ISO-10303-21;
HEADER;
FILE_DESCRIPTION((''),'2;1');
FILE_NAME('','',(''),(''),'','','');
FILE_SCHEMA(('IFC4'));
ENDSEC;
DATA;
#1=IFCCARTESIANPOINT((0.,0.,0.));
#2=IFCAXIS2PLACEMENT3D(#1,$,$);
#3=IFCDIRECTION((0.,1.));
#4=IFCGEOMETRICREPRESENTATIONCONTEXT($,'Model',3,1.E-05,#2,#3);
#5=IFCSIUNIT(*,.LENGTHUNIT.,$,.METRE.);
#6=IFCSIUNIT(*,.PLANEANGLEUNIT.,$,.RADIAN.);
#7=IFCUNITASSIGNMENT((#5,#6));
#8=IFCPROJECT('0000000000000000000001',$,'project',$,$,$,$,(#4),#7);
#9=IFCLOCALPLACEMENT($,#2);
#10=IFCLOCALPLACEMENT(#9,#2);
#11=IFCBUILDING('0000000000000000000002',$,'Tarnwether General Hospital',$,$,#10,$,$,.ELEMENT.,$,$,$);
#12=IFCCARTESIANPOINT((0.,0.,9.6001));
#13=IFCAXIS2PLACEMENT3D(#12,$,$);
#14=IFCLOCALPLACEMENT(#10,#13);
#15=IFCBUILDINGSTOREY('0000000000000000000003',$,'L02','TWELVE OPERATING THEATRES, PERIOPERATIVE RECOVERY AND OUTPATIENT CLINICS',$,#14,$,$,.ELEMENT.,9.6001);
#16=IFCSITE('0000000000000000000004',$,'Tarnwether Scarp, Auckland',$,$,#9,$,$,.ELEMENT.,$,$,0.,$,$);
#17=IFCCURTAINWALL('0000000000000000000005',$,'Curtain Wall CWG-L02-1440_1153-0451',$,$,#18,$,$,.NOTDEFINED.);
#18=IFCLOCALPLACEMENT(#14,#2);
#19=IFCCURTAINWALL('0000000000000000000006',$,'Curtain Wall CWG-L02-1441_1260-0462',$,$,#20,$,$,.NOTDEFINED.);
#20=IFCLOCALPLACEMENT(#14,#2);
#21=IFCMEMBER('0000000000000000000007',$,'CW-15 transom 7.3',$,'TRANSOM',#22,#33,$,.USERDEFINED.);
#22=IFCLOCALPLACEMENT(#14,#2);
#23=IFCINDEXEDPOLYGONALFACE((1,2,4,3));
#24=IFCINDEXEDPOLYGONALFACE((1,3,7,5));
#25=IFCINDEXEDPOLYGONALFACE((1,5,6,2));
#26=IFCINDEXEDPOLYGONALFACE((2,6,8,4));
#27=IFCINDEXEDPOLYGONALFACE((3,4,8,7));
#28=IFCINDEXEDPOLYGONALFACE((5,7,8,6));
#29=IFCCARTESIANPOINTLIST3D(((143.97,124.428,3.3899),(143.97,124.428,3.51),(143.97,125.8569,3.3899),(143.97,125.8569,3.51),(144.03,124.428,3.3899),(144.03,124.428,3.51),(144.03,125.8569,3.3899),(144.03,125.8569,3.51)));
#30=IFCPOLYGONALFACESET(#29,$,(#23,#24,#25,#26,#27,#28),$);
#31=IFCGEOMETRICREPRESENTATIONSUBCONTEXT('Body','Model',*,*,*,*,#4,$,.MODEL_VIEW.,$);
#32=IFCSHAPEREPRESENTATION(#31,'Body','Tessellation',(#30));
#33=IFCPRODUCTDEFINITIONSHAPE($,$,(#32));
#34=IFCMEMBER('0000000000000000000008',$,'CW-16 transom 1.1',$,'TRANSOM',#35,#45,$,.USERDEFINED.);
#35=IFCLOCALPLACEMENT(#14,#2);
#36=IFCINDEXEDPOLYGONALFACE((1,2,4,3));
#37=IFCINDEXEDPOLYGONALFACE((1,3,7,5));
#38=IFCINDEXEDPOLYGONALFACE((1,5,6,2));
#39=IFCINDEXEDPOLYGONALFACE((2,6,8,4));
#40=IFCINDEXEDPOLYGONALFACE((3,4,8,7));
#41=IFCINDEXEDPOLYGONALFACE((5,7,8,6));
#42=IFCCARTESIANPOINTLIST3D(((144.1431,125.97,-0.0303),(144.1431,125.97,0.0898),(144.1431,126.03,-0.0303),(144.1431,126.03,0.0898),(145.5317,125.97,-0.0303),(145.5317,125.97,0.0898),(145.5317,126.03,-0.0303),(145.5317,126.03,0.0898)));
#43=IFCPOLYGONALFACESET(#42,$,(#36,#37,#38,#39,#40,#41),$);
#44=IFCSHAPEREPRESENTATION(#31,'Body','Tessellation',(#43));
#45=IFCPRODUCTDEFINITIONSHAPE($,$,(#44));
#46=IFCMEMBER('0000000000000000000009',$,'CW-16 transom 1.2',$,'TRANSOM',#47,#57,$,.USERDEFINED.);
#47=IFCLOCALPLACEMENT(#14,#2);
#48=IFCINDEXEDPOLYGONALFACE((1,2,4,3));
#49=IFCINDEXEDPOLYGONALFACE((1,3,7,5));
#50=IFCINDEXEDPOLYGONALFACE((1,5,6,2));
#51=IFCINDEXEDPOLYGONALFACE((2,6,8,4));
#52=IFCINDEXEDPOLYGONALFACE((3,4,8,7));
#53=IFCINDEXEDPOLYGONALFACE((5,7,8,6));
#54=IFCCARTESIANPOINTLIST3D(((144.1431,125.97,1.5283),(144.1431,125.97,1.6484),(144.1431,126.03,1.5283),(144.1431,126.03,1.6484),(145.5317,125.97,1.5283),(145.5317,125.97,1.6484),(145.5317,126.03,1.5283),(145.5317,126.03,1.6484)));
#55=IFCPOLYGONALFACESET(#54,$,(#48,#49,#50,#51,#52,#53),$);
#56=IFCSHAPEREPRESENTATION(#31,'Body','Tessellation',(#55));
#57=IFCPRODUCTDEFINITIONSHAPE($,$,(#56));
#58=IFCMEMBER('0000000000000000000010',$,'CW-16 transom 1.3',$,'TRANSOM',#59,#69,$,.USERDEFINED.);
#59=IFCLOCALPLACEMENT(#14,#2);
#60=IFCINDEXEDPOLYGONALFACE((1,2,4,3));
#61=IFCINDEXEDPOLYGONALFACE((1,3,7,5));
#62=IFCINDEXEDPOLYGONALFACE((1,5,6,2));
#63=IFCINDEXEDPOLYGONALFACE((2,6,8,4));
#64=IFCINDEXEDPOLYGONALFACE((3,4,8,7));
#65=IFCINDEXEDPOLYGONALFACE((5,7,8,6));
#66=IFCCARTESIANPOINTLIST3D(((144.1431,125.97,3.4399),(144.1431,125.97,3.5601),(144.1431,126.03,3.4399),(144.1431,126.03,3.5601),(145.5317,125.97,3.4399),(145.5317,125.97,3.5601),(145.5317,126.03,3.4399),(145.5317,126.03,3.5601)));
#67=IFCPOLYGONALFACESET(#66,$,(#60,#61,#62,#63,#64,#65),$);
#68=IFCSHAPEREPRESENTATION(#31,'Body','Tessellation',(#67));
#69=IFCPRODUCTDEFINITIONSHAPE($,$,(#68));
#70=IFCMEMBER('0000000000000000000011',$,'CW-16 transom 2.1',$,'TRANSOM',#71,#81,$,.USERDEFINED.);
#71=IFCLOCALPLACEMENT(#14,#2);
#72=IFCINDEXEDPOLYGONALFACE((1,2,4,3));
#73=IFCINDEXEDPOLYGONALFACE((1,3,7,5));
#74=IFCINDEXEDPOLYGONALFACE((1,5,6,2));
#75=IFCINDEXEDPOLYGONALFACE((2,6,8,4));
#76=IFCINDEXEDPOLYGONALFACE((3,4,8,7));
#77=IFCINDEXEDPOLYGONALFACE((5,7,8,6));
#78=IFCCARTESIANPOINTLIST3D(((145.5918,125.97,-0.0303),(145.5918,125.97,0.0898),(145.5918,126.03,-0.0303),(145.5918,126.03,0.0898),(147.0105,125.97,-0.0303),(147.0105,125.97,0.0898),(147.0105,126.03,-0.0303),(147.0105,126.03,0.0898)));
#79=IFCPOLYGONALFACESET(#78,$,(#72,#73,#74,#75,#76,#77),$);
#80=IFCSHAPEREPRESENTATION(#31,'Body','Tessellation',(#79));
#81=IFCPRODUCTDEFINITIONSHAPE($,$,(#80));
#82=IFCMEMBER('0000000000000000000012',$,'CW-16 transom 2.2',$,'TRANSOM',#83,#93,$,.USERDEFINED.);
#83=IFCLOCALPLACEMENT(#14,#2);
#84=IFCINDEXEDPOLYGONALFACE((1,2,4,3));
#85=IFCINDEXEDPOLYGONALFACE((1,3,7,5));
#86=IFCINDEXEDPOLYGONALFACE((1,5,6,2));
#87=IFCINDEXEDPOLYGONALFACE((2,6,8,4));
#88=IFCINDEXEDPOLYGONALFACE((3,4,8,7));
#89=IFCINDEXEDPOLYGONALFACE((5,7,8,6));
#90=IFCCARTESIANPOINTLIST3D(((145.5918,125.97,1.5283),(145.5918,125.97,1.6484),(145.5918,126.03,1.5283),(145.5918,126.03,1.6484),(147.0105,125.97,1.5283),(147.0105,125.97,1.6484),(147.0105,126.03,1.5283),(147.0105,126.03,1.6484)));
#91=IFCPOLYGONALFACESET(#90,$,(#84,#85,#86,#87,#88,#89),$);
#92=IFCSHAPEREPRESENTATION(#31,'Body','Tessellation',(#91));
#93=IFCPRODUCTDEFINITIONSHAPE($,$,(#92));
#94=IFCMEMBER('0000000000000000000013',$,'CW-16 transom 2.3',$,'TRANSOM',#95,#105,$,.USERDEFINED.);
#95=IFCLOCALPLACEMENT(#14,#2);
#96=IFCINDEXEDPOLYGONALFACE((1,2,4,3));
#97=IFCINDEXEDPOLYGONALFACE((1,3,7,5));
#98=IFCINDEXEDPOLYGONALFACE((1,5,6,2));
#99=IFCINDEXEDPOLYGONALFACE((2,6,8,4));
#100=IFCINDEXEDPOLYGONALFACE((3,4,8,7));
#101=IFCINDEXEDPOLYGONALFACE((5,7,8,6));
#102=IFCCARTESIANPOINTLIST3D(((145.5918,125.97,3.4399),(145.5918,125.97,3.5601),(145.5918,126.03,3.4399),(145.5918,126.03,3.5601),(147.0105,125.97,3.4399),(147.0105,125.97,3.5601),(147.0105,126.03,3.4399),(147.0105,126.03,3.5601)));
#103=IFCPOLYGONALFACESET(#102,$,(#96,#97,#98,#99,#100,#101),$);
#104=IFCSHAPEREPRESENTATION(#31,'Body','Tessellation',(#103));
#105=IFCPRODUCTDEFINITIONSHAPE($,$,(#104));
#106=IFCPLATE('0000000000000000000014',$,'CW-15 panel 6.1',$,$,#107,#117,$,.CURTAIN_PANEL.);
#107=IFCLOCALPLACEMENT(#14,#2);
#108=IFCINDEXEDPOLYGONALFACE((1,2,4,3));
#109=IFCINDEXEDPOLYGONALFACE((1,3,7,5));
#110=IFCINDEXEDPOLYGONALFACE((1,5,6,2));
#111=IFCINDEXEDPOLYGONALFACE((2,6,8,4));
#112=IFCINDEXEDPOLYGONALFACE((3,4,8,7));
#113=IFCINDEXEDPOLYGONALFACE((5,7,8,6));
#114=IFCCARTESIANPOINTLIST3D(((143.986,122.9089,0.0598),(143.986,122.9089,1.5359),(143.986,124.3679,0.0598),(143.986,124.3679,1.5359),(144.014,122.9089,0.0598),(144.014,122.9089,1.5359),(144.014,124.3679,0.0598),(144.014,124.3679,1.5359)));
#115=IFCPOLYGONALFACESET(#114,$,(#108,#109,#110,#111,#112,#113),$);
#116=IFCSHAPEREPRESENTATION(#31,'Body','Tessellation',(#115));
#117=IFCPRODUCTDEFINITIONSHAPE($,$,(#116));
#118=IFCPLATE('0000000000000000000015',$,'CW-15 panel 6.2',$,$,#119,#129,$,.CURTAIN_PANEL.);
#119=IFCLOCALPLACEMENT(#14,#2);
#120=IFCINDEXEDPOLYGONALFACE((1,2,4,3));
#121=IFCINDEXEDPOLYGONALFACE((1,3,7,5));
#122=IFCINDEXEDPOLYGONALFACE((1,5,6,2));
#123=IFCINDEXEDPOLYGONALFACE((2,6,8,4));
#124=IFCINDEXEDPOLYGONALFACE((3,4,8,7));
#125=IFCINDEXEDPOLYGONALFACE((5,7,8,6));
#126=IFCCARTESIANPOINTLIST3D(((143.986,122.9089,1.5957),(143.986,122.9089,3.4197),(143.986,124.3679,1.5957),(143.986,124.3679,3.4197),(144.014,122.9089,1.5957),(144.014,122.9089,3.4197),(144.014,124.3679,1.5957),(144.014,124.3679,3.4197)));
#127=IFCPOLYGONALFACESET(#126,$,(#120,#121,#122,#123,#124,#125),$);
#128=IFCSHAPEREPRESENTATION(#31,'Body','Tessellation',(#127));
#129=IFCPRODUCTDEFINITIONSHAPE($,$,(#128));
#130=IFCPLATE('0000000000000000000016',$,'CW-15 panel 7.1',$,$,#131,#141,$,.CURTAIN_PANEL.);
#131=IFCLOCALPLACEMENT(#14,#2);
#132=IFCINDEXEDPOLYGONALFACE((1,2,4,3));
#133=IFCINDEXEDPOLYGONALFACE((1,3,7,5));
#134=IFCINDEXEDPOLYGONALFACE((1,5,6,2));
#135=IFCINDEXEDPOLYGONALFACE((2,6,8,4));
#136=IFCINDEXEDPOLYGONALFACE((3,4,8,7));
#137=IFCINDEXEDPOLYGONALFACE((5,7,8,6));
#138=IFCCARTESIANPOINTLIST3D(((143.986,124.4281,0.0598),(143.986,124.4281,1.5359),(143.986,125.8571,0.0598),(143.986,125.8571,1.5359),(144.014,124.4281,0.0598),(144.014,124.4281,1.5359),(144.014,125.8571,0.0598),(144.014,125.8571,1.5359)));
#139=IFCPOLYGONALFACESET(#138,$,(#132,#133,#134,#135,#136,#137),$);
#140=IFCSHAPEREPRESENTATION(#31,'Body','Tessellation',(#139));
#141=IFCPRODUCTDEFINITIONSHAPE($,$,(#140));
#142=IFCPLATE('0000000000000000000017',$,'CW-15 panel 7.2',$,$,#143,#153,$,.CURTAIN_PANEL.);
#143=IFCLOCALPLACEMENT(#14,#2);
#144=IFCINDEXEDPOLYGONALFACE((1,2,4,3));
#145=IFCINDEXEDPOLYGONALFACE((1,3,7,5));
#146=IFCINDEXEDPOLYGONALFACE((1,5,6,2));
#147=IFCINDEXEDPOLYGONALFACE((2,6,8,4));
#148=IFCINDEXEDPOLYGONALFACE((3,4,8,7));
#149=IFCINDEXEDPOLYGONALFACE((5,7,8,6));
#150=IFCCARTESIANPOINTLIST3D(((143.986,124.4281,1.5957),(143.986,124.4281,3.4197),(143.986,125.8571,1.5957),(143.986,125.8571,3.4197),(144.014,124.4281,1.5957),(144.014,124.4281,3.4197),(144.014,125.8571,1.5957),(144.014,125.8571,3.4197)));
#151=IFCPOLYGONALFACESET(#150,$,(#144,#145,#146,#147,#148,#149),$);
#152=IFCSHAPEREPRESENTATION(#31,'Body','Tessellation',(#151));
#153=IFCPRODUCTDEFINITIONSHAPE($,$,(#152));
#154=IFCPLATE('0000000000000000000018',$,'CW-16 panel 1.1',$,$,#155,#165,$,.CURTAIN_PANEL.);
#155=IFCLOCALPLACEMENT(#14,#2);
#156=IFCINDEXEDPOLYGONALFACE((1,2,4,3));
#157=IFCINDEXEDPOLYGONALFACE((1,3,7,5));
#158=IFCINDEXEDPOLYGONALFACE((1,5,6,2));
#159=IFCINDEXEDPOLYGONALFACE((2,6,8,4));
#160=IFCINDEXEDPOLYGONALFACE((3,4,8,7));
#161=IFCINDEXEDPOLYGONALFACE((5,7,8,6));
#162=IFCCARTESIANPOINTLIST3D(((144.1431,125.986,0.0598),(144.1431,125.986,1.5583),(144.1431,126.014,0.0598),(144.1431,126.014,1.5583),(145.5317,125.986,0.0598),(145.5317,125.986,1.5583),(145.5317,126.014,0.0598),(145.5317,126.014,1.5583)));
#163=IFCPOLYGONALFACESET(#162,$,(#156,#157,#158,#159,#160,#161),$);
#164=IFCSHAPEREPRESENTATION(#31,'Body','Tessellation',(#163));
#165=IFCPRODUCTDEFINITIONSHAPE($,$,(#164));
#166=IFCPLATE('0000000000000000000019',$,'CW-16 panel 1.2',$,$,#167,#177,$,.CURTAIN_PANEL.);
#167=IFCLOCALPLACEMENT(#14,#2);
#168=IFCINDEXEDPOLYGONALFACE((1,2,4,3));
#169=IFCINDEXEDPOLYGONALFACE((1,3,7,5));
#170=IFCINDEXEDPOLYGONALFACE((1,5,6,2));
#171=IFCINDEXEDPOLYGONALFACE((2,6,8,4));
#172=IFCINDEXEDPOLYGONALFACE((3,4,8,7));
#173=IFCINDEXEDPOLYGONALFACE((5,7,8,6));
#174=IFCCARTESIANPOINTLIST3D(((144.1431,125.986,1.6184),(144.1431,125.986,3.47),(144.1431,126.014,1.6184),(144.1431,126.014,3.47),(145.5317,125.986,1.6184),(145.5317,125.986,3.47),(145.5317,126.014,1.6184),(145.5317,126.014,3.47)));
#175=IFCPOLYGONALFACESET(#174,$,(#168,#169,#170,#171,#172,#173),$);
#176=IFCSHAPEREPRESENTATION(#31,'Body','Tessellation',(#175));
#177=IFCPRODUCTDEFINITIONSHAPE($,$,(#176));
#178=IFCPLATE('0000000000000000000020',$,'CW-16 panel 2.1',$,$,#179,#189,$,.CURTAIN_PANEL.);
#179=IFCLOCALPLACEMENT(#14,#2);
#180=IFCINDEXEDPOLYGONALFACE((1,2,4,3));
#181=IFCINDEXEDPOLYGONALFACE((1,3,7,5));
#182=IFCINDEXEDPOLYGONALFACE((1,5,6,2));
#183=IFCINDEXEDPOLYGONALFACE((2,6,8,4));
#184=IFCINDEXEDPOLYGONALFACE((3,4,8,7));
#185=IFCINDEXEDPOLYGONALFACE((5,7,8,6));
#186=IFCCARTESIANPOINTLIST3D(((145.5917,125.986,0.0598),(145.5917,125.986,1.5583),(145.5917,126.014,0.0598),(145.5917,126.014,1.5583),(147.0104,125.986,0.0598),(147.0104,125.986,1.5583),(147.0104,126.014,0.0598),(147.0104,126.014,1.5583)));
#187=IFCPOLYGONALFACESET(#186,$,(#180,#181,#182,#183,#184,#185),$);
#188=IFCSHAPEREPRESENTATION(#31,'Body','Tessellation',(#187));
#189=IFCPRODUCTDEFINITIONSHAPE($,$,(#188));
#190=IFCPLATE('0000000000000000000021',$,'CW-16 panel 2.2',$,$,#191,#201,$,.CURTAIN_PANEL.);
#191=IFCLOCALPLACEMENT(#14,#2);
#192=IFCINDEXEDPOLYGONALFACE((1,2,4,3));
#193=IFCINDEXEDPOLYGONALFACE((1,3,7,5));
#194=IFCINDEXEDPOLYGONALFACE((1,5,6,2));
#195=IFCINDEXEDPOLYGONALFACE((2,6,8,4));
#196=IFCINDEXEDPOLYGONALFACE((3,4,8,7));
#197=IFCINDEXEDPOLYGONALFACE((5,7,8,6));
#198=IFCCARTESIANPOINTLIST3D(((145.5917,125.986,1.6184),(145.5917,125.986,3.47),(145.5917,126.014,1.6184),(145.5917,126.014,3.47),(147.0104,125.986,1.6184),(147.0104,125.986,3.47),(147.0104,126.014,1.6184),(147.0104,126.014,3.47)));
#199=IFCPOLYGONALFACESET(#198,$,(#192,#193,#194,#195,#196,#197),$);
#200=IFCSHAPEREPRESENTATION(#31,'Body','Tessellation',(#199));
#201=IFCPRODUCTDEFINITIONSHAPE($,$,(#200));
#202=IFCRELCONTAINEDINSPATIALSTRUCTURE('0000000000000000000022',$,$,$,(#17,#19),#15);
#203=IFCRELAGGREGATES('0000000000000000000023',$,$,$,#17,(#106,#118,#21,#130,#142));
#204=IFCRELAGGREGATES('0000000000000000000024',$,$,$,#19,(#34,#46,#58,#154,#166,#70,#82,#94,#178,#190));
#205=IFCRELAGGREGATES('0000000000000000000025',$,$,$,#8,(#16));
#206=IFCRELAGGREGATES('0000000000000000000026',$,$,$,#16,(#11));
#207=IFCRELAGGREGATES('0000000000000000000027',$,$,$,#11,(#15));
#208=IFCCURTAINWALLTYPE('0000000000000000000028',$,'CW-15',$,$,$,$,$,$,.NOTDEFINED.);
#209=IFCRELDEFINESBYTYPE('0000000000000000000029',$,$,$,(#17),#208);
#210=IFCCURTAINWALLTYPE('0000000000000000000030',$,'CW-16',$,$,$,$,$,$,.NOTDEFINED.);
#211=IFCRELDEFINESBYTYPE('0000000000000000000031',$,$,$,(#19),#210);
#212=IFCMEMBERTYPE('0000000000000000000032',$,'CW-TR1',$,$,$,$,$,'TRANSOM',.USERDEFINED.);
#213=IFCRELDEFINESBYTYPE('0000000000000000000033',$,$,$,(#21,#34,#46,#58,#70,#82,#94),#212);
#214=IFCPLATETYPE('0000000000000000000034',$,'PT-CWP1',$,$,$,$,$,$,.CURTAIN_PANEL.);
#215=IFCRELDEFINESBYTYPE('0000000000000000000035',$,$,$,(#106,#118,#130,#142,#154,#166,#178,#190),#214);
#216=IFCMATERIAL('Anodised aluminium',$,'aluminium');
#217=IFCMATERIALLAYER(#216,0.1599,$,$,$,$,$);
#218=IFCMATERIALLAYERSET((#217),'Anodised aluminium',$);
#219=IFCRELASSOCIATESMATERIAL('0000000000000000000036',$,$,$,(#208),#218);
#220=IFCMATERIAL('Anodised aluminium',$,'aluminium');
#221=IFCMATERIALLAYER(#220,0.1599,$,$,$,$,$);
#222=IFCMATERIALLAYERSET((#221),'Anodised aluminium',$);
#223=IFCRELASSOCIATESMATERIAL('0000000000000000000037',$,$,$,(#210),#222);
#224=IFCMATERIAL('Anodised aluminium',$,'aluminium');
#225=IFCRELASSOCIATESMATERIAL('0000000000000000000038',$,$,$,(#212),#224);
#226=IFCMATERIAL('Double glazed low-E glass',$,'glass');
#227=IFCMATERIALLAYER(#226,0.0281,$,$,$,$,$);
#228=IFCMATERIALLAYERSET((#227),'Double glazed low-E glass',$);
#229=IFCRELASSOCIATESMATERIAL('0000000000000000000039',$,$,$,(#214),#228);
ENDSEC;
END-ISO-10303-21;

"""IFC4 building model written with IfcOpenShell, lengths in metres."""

from ifc_helpers import new_model, si_unit, direction, frame, origin, origin_2d, place, context, subcontext, project, spatial, rectangle, extrude, material, layer, layer_set, material_profile, profile_set, type_object, element, aggregate, save


model = new_model("IFC4")

# Units and contexts
model_context = context("Model", 3, precision=1e-05, world=origin(), true_north=direction((0.0, 1.0)))
body_context = subcontext(model_context, "Body", "Model", "MODEL_VIEW")
ifc_project = project(units=[si_unit("LENGTHUNIT", "METRE"), si_unit("PLANEANGLEUNIT", "RADIAN")], contexts=[model_context])

# Site, building, storey
site_placement = place(None, origin())
site = spatial("IfcSite", under=ifc_project, at=site_placement, Name="Tarnwether Scarp, Auckland", CompositionType="ELEMENT", RefElevation=0.0)
building_placement = place(site_placement, origin())
building = spatial("IfcBuilding", under=site, at=building_placement, Name="Tarnwether General Hospital", CompositionType="ELEMENT")
storey_placement = place(building_placement, frame((0.0, 0.0, 9.6001)))
storey = spatial("IfcBuildingStorey", under=building, at=storey_placement, Name="L02", Description="TWELVE OPERATING THEATRES, PERIOPERATIVE RECOVERY AND OUTPATIENT CLINICS", CompositionType="ELEMENT", Elevation=9.6001)

# Curtain walls
ifc_material_1 = material(Name="Anodised aluminium", Category="aluminium")
ifc_layer_1 = layer(ifc_material_1, 0.1599)
ifc_layer_set_1 = layer_set([ifc_layer_1], Name="Anodised aluminium")
curtain_wall_type_1 = type_object("IfcCurtainWallType", Name="CW-15", PredefinedType="NOTDEFINED", material=ifc_layer_set_1)
curtain_wall_1_placement = place(storey_placement, origin())
curtain_wall_1 = element("IfcCurtainWall", 1, at=curtain_wall_1_placement, inside=storey, type_object=curtain_wall_type_1, Name="Curtain Wall CWG-L02-1440_1153-0451", PredefinedType="NOTDEFINED")
ifc_material_2 = material(Name="Anodised aluminium", Category="aluminium")
ifc_layer_2 = layer(ifc_material_2, 0.1599)
ifc_layer_set_2 = layer_set([ifc_layer_2], Name="Anodised aluminium")
curtain_wall_type_2 = type_object("IfcCurtainWallType", Name="CW-16", PredefinedType="NOTDEFINED", material=ifc_layer_set_2)
curtain_wall_2_placement = place(storey_placement, origin())
curtain_wall_2 = element("IfcCurtainWall", 2, at=curtain_wall_2_placement, inside=storey, type_object=curtain_wall_type_2, Name="Curtain Wall CWG-L02-1441_1260-0462", PredefinedType="NOTDEFINED")

# Members
ifc_material_3 = material(Name="Anodised aluminium", Category="aluminium")
ifc_material_profile_1 = material_profile(ifc_material_3, rectangle(XDim=0.0601, YDim=0.1201, at=origin_2d()), Name="ALU-TRN-60x120")
ifc_profile_set_1 = profile_set([ifc_material_profile_1], Name="Anodised aluminium")
member_type_1 = type_object("IfcMemberType", Name="CW-TR1", ElementType="TRANSOM", PredefinedType="USERDEFINED", material=ifc_profile_set_1)
member_1_placement = place(storey_placement, frame((144.0, 124.428, 3.45), z_axis=(0.0, 1.0, 0.0), x_axis=(-1.0, 0.0, 0.0)))
member_1 = element("IfcMember", 3, at=member_1_placement, type_object=member_type_1, Name="CW-15 transom 7.3", ObjectType="TRANSOM", PredefinedType="USERDEFINED", context=body_context, shape_type="SweptSolid", body=[
    extrude(rectangle(XDim=0.0601, YDim=0.1201, at=origin_2d()), origin(), (0.0, 0.0, 1.0), 1.429),
])
member_2_placement = place(storey_placement, frame((144.1431, 126.0, 0.0298), z_axis=(1.0, 0.0, 0.0), x_axis=(0.0, 1.0, 0.0)))
member_2 = element("IfcMember", 4, at=member_2_placement, type_object=member_type_1, Name="CW-16 transom 1.1", ObjectType="TRANSOM", PredefinedType="USERDEFINED", context=body_context, shape_type="SweptSolid", body=[
    extrude(rectangle(XDim=0.0601, YDim=0.1201, at=origin_2d()), origin(), (0.0, 0.0, 1.0), 1.3887),
])
member_3_placement = place(storey_placement, frame((144.1431, 126.0, 1.5884), z_axis=(1.0, 0.0, 0.0), x_axis=(0.0, 1.0, 0.0)))
member_3 = element("IfcMember", 5, at=member_3_placement, type_object=member_type_1, Name="CW-16 transom 1.2", ObjectType="TRANSOM", PredefinedType="USERDEFINED", context=body_context, shape_type="SweptSolid", body=[
    extrude(rectangle(XDim=0.0601, YDim=0.1201, at=origin_2d()), origin(), (0.0, 0.0, 1.0), 1.3887),
])
member_4_placement = place(storey_placement, frame((144.1431, 126.0, 3.5), z_axis=(1.0, 0.0, 0.0), x_axis=(0.0, 1.0, 0.0)))
member_4 = element("IfcMember", 6, at=member_4_placement, type_object=member_type_1, Name="CW-16 transom 1.3", ObjectType="TRANSOM", PredefinedType="USERDEFINED", context=body_context, shape_type="SweptSolid", body=[
    extrude(rectangle(XDim=0.0601, YDim=0.1201, at=origin_2d()), origin(), (0.0, 0.0, 1.0), 1.3887),
])
member_5_placement = place(storey_placement, frame((145.5918, 126.0, 0.0298), z_axis=(1.0, 0.0, 0.0), x_axis=(0.0, 1.0, 0.0)))
member_5 = element("IfcMember", 7, at=member_5_placement, type_object=member_type_1, Name="CW-16 transom 2.1", ObjectType="TRANSOM", PredefinedType="USERDEFINED", context=body_context, shape_type="SweptSolid", body=[
    extrude(rectangle(XDim=0.0601, YDim=0.1201, at=origin_2d()), origin(), (0.0, 0.0, 1.0), 1.4187),
])
member_6_placement = place(storey_placement, frame((145.5918, 126.0, 1.5884), z_axis=(1.0, 0.0, 0.0), x_axis=(0.0, 1.0, 0.0)))
member_6 = element("IfcMember", 8, at=member_6_placement, type_object=member_type_1, Name="CW-16 transom 2.2", ObjectType="TRANSOM", PredefinedType="USERDEFINED", context=body_context, shape_type="SweptSolid", body=[
    extrude(rectangle(XDim=0.0601, YDim=0.1201, at=origin_2d()), origin(), (0.0, 0.0, 1.0), 1.4187),
])
member_7_placement = place(storey_placement, frame((145.5918, 126.0, 3.5), z_axis=(1.0, 0.0, 0.0), x_axis=(0.0, 1.0, 0.0)))
member_7 = element("IfcMember", 9, at=member_7_placement, type_object=member_type_1, Name="CW-16 transom 2.3", ObjectType="TRANSOM", PredefinedType="USERDEFINED", context=body_context, shape_type="SweptSolid", body=[
    extrude(rectangle(XDim=0.0601, YDim=0.1201, at=origin_2d()), origin(), (0.0, 0.0, 1.0), 1.4187),
])

# Plates
ifc_material_4 = material(Name="Double glazed low-E glass", Category="glass")
ifc_layer_3 = layer(ifc_material_4, 0.0281)
ifc_layer_set_3 = layer_set([ifc_layer_3], Name="Double glazed low-E glass")
plate_type_1 = type_object("IfcPlateType", Name="PT-CWP1", PredefinedType="CURTAIN_PANEL", material=ifc_layer_set_3)
plate_1_placement = place(storey_placement, frame((144.0, 123.6384, 0.0598), z_axis=(0.0, 0.0, 1.0), x_axis=(0.0, 1.0, 0.0)))
plate_1 = element("IfcPlate", 10, at=plate_1_placement, type_object=plate_type_1, Name="CW-15 panel 6.1", PredefinedType="CURTAIN_PANEL", context=body_context, shape_type="SweptSolid", body=[
    extrude(rectangle(XDim=1.459, YDim=0.0281, at=origin_2d()), origin(), (0.0, 0.0, 1.0), 1.4761),
])
plate_2_placement = place(storey_placement, frame((144.0, 123.6384, 1.5957), z_axis=(0.0, 0.0, 1.0), x_axis=(0.0, 1.0, 0.0)))
plate_2 = element("IfcPlate", 11, at=plate_2_placement, type_object=plate_type_1, Name="CW-15 panel 6.2", PredefinedType="CURTAIN_PANEL", context=body_context, shape_type="SweptSolid", body=[
    extrude(rectangle(XDim=1.459, YDim=0.0281, at=origin_2d()), origin(), (0.0, 0.0, 1.0), 1.824),
])
plate_3_placement = place(storey_placement, frame((144.0, 125.1426, 0.0598), z_axis=(0.0, 0.0, 1.0), x_axis=(0.0, 1.0, 0.0)))
plate_3 = element("IfcPlate", 12, at=plate_3_placement, type_object=plate_type_1, Name="CW-15 panel 7.1", PredefinedType="CURTAIN_PANEL", context=body_context, shape_type="SweptSolid", body=[
    extrude(rectangle(XDim=1.429, YDim=0.0281, at=origin_2d()), origin(), (0.0, 0.0, 1.0), 1.4761),
])
plate_4_placement = place(storey_placement, frame((144.0, 125.1426, 1.5957), z_axis=(0.0, 0.0, 1.0), x_axis=(0.0, 1.0, 0.0)))
plate_4 = element("IfcPlate", 13, at=plate_4_placement, type_object=plate_type_1, Name="CW-15 panel 7.2", PredefinedType="CURTAIN_PANEL", context=body_context, shape_type="SweptSolid", body=[
    extrude(rectangle(XDim=1.429, YDim=0.0281, at=origin_2d()), origin(), (0.0, 0.0, 1.0), 1.824),
])
aggregate(curtain_wall_1, [plate_1, plate_2, member_1, plate_3, plate_4])
plate_5_placement = place(storey_placement, frame((144.8374, 126.0, 0.0598), z_axis=(0.0, 0.0, 1.0), x_axis=(1.0, 0.0, 0.0)))
plate_5 = element("IfcPlate", 14, at=plate_5_placement, type_object=plate_type_1, Name="CW-16 panel 1.1", PredefinedType="CURTAIN_PANEL", context=body_context, shape_type="SweptSolid", body=[
    extrude(rectangle(XDim=1.3887, YDim=0.0281, at=origin_2d()), origin(), (0.0, 0.0, 1.0), 1.4985),
])
plate_6_placement = place(storey_placement, frame((144.8374, 126.0, 1.6184), z_axis=(0.0, 0.0, 1.0), x_axis=(1.0, 0.0, 0.0)))
plate_6 = element("IfcPlate", 15, at=plate_6_placement, type_object=plate_type_1, Name="CW-16 panel 1.2", PredefinedType="CURTAIN_PANEL", context=body_context, shape_type="SweptSolid", body=[
    extrude(rectangle(XDim=1.3887, YDim=0.0281, at=origin_2d()), origin(), (0.0, 0.0, 1.0), 1.8516),
])
plate_7_placement = place(storey_placement, frame((146.301, 126.0, 0.0598), z_axis=(0.0, 0.0, 1.0), x_axis=(1.0, 0.0, 0.0)))
plate_7 = element("IfcPlate", 16, at=plate_7_placement, type_object=plate_type_1, Name="CW-16 panel 2.1", PredefinedType="CURTAIN_PANEL", context=body_context, shape_type="SweptSolid", body=[
    extrude(rectangle(XDim=1.4187, YDim=0.0281, at=origin_2d()), origin(), (0.0, 0.0, 1.0), 1.4985),
])
plate_8_placement = place(storey_placement, frame((146.301, 126.0, 1.6184), z_axis=(0.0, 0.0, 1.0), x_axis=(1.0, 0.0, 0.0)))
plate_8 = element("IfcPlate", 17, at=plate_8_placement, type_object=plate_type_1, Name="CW-16 panel 2.2", PredefinedType="CURTAIN_PANEL", context=body_context, shape_type="SweptSolid", body=[
    extrude(rectangle(XDim=1.4187, YDim=0.0281, at=origin_2d()), origin(), (0.0, 0.0, 1.0), 1.8516),
])
aggregate(curtain_wall_2, [member_2, member_3, member_4, plate_5, plate_6, member_5, member_6, member_7, plate_7, plate_8])

save(model, "model.ifc")
